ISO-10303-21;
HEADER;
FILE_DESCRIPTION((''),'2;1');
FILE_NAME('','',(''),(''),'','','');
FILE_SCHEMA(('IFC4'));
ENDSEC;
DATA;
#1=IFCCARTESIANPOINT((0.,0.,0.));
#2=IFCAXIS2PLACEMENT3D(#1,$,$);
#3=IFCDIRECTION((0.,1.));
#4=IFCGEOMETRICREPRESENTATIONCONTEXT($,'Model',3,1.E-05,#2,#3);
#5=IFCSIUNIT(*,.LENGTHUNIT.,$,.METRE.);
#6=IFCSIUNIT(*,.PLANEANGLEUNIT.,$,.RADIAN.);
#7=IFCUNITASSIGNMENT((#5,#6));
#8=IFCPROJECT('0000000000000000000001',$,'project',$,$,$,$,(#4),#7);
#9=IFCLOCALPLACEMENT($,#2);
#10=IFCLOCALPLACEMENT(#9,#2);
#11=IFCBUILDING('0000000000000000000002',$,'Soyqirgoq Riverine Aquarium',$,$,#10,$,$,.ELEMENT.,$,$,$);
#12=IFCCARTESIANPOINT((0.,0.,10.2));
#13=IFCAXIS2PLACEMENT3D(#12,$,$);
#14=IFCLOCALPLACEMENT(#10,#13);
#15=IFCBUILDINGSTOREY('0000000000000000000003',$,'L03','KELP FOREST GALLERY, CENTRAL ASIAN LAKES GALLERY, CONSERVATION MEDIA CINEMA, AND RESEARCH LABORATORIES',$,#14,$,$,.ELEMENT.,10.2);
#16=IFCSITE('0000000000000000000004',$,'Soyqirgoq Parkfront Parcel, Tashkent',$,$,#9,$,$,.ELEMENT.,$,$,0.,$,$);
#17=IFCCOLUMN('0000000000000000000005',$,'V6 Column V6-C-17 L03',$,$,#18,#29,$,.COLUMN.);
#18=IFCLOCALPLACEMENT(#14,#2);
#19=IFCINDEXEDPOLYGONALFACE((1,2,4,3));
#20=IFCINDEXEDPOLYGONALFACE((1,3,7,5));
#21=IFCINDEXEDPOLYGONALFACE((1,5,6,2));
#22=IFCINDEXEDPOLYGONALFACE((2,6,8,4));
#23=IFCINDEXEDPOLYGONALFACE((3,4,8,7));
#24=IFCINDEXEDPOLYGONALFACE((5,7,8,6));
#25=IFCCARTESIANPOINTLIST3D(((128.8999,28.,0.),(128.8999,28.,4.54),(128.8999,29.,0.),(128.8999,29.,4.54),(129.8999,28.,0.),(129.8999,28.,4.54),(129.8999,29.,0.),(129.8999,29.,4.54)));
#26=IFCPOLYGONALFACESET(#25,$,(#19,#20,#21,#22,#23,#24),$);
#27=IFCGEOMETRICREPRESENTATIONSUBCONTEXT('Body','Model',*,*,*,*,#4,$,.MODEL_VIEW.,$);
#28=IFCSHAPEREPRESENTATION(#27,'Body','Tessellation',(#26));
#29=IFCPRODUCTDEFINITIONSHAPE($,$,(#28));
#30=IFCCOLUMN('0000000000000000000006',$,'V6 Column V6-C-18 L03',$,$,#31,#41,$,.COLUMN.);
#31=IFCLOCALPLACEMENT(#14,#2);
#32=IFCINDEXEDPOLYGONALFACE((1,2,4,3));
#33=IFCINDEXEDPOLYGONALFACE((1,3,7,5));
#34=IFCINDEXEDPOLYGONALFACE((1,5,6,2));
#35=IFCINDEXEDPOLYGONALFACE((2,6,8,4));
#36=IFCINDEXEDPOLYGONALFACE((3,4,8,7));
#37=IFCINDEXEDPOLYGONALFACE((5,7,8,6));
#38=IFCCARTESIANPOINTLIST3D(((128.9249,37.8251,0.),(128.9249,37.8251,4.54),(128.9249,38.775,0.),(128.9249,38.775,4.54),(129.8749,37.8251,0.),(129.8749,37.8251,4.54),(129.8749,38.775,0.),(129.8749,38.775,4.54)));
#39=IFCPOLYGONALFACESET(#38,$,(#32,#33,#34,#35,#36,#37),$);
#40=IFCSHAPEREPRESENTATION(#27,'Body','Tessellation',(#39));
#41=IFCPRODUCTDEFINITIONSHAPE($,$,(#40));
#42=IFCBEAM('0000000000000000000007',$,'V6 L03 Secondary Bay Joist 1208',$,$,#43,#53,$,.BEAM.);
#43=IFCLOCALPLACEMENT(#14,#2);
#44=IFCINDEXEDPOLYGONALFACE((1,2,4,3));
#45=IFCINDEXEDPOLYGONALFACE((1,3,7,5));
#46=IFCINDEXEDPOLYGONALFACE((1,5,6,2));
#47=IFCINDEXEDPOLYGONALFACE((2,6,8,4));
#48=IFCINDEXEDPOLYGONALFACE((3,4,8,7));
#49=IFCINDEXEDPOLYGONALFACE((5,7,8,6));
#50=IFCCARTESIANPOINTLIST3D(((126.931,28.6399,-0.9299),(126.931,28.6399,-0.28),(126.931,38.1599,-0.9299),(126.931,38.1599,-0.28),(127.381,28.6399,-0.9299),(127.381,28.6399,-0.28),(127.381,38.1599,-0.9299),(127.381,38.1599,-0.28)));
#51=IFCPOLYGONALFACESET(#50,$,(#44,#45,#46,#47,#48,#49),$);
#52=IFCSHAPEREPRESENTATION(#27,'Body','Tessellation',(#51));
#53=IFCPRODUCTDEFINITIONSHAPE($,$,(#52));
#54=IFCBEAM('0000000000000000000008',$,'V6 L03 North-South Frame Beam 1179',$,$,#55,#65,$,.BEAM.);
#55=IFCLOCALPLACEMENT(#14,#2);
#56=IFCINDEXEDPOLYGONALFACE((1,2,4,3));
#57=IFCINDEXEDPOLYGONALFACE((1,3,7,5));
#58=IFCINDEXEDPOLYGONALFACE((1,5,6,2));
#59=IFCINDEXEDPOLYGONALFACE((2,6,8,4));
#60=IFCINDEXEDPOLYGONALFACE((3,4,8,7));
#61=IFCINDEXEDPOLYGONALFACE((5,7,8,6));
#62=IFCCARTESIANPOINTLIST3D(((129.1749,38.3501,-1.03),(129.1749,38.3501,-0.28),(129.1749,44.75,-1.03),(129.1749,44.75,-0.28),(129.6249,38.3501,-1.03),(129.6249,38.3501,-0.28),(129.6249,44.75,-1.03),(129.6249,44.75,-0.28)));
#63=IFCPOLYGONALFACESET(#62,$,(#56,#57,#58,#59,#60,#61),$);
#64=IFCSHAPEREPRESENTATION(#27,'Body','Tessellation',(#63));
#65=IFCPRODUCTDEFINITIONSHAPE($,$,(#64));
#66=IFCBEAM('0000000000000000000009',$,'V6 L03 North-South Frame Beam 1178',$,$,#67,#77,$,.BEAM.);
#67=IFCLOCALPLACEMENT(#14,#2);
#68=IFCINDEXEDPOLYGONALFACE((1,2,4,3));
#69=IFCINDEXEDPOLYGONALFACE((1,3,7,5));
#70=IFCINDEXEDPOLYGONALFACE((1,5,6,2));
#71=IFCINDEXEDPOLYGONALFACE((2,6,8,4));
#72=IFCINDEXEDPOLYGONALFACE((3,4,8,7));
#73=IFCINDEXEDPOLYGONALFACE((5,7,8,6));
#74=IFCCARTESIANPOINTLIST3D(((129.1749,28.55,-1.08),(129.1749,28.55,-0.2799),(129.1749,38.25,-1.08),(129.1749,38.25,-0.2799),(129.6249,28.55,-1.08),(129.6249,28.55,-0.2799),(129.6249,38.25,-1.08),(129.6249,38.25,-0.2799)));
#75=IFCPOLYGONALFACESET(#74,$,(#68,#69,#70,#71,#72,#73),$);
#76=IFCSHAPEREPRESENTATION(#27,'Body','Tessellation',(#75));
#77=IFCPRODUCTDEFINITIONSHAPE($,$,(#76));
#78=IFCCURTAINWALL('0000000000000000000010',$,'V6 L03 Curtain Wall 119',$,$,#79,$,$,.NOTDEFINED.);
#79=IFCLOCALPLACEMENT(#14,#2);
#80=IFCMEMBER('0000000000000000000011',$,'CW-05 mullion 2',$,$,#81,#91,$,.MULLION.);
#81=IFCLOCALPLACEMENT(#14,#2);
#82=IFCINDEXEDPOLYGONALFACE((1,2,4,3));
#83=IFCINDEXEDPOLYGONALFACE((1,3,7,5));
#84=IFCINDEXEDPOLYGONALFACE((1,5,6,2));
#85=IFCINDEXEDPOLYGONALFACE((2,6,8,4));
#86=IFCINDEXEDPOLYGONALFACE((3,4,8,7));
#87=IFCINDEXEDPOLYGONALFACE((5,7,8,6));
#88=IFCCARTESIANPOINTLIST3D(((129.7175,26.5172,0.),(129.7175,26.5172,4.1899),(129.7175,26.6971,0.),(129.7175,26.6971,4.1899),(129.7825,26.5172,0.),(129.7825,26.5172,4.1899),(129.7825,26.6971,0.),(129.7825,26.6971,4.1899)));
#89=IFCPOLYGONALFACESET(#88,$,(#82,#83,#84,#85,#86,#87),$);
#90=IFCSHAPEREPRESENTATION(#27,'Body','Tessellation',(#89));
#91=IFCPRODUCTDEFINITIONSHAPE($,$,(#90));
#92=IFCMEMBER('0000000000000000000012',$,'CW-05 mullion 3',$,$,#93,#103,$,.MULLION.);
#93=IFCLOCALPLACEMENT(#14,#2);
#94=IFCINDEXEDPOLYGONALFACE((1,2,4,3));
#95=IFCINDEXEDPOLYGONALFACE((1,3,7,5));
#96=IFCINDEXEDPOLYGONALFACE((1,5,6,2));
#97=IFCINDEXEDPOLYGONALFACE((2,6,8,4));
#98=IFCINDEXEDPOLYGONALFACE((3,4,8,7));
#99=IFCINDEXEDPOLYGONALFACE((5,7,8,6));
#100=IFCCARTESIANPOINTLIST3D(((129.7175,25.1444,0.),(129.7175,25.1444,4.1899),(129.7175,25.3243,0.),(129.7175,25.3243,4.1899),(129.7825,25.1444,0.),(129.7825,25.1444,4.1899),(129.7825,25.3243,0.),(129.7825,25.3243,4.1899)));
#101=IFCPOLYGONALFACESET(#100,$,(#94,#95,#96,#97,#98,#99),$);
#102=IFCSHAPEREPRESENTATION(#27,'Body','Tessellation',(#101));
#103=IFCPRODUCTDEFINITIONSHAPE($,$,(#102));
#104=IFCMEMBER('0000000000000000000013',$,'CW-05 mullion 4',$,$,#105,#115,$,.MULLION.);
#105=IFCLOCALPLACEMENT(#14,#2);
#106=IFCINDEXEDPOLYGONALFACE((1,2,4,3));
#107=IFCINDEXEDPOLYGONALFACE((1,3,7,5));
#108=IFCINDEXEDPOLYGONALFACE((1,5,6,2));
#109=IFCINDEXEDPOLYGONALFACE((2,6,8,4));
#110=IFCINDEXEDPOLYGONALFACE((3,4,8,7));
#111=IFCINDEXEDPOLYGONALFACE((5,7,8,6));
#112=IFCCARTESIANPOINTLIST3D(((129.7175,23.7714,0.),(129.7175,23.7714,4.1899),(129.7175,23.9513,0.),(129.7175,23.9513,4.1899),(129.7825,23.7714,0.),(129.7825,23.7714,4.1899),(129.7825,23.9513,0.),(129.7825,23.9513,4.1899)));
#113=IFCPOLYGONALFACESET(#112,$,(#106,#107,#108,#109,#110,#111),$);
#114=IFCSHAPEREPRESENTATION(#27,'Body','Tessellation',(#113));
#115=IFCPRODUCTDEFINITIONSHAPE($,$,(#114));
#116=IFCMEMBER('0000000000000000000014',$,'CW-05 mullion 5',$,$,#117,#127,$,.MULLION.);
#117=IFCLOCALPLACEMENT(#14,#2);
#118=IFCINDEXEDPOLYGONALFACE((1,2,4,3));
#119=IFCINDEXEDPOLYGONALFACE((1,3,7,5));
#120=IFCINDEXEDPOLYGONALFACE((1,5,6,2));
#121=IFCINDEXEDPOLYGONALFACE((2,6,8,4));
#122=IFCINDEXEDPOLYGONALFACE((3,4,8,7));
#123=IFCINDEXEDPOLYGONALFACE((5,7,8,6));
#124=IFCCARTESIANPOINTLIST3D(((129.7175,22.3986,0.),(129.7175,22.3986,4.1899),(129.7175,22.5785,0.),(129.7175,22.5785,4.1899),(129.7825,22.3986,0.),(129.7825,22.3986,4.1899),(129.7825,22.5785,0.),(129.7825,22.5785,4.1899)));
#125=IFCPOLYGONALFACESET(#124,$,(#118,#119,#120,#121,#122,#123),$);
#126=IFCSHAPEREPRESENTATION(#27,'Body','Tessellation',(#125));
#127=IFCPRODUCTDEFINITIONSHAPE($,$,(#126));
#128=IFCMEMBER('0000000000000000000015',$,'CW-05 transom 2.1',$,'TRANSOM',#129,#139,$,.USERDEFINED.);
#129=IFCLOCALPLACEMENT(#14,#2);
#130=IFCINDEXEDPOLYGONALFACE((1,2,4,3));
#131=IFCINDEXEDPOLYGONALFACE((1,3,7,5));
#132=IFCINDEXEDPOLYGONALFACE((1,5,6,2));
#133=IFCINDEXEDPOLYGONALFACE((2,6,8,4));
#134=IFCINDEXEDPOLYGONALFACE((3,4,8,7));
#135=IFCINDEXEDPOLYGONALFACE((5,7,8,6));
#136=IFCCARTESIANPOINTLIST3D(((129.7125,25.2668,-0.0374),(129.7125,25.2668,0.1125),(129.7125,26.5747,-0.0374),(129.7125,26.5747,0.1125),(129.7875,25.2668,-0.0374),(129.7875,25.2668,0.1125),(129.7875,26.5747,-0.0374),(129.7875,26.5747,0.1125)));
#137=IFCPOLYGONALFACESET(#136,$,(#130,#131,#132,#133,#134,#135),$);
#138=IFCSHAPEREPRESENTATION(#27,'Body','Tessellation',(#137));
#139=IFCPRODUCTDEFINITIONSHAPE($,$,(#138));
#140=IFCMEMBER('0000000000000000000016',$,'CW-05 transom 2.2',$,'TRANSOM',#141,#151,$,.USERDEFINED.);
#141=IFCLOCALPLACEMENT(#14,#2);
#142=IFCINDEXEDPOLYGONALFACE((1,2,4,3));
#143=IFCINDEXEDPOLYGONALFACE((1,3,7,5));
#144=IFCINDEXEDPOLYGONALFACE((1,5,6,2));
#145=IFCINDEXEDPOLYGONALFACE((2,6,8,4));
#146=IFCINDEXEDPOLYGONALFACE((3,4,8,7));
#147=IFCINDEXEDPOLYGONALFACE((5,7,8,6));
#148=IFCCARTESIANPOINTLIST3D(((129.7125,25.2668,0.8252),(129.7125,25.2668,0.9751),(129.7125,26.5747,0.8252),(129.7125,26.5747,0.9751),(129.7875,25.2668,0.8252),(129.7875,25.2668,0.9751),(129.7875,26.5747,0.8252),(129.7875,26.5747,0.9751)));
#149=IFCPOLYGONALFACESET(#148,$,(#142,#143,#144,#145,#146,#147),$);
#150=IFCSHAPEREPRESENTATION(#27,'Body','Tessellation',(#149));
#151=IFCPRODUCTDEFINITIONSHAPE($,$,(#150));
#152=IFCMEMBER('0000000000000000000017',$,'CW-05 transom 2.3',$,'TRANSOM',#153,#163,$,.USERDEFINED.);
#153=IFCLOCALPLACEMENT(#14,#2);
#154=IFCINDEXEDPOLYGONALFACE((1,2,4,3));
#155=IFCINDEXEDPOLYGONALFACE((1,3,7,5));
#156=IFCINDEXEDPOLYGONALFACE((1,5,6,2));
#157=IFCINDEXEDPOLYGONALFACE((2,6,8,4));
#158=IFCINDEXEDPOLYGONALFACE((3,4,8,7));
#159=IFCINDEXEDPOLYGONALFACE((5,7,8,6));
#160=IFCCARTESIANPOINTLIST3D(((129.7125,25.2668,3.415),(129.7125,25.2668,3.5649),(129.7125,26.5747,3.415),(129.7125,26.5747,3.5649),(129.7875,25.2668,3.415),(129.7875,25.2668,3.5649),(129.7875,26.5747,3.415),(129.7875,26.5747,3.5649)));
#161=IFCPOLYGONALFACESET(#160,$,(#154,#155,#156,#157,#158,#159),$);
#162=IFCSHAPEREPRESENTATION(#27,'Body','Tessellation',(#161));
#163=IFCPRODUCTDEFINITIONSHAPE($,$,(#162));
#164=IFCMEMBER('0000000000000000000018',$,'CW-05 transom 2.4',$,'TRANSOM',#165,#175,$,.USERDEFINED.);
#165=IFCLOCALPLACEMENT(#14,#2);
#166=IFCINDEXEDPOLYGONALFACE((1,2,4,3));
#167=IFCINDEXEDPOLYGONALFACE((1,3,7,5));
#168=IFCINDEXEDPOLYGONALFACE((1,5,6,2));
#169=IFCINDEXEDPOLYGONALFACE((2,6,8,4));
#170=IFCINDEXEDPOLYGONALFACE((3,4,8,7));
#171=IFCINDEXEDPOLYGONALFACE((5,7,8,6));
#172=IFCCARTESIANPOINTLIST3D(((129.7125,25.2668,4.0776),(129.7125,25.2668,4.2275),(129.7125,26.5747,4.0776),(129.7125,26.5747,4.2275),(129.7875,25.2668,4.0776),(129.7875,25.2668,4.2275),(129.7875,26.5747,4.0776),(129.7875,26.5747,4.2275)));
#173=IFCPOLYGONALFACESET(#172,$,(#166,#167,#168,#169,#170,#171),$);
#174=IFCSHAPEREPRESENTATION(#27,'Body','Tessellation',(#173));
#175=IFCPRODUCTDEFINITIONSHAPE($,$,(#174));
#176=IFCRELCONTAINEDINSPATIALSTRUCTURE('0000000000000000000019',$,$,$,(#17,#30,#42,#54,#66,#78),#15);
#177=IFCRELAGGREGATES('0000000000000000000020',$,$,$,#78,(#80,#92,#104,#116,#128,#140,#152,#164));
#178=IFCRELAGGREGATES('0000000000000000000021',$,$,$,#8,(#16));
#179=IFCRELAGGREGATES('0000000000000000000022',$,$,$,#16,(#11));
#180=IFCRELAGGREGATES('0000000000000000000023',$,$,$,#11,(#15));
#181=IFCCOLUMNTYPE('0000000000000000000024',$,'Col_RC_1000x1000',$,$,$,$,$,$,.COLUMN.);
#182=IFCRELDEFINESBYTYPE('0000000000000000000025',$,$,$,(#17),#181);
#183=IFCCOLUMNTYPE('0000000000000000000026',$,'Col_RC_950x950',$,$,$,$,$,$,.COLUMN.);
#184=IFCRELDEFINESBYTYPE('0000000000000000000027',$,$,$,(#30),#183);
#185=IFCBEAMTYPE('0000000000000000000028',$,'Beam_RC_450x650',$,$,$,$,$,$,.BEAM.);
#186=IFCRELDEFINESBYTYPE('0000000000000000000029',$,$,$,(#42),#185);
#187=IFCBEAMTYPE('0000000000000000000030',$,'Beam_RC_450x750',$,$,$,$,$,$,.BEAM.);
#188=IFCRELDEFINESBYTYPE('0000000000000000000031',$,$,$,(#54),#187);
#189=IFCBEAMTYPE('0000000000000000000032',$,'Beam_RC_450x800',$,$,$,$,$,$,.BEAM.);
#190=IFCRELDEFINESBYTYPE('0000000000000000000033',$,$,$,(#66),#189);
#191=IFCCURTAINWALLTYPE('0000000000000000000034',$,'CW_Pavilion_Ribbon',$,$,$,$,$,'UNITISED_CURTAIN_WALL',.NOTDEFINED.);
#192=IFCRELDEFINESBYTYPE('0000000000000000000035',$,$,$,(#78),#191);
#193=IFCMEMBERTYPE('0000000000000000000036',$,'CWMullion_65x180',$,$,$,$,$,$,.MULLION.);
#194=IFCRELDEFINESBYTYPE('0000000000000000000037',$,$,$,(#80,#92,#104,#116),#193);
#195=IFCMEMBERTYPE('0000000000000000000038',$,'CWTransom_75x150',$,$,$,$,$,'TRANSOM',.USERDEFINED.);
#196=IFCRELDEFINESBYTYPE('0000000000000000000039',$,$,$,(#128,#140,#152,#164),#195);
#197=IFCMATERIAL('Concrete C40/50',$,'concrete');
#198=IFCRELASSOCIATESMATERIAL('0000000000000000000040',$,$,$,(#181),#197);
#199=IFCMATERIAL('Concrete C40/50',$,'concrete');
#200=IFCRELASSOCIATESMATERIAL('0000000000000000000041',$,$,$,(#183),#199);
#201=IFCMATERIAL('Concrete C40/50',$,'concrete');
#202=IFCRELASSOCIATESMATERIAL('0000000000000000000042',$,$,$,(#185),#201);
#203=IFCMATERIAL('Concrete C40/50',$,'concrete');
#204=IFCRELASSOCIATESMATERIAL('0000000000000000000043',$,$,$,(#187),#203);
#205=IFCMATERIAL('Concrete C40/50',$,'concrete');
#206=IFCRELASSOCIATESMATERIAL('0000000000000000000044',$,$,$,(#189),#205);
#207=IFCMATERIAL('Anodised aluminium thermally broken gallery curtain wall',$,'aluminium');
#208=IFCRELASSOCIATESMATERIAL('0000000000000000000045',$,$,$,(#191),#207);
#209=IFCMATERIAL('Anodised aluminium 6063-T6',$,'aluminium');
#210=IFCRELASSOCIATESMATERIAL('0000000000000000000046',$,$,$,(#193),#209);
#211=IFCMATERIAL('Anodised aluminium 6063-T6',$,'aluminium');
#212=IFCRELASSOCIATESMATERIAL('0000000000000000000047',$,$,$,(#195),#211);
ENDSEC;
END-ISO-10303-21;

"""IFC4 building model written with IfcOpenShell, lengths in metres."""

from ifc_helpers import new_model, si_unit, direction, frame, origin, origin_2d, place, context, subcontext, project, spatial, rectangle, extrude, material, material_profile, profile_set, type_object, element, aggregate, save


model = new_model("IFC4")

# Units and contexts
model_context = context("Model", 3, precision=1e-05, world=origin(), true_north=direction((0.0, 1.0)))
body_context = subcontext(model_context, "Body", "Model", "MODEL_VIEW")
ifc_project = project(units=[si_unit("LENGTHUNIT", "METRE"), si_unit("PLANEANGLEUNIT", "RADIAN")], contexts=[model_context])

# Site, building, storey
site_placement = place(None, origin())
site = spatial("IfcSite", under=ifc_project, at=site_placement, Name="Soyqirgoq Parkfront Parcel, Tashkent", CompositionType="ELEMENT", RefElevation=0.0)
building_placement = place(site_placement, origin())
building = spatial("IfcBuilding", under=site, at=building_placement, Name="Soyqirgoq Riverine Aquarium", CompositionType="ELEMENT")
storey_placement = place(building_placement, frame((0.0, 0.0, 10.2)))
storey = spatial("IfcBuildingStorey", under=building, at=storey_placement, Name="L03", Description="KELP FOREST GALLERY, CENTRAL ASIAN LAKES GALLERY, CONSERVATION MEDIA CINEMA, AND RESEARCH LABORATORIES", CompositionType="ELEMENT", Elevation=10.2)

# Columns
ifc_material_1 = material(Name="Concrete C40/50", Category="concrete")
ifc_material_profile_1 = material_profile(ifc_material_1, rectangle(XDim=1.0, YDim=1.0, at=origin_2d()), Name="RC 1000x1000")
ifc_profile_set_1 = profile_set([ifc_material_profile_1], Name="Concrete C40/50")
column_type_1 = type_object("IfcColumnType", Name="Col_RC_1000x1000", PredefinedType="COLUMN", material=ifc_profile_set_1)
column_1_placement = place(storey_placement, frame((129.3999, 28.5, 0.0), z_axis=(0.0, 0.0, 1.0), x_axis=(1.0, 0.0, 0.0)))
element("IfcColumn", 1, at=column_1_placement, inside=storey, type_object=column_type_1, Name="V6 Column V6-C-17 L03", PredefinedType="COLUMN", context=body_context, shape_type="SweptSolid", body=[
    extrude(rectangle(XDim=1.0, YDim=1.0, at=origin_2d()), origin(), (0.0, 0.0, 1.0), 4.54),
])
ifc_material_2 = material(Name="Concrete C40/50", Category="concrete")
ifc_material_profile_2 = material_profile(ifc_material_2, rectangle(XDim=0.95, YDim=0.95, at=origin_2d()), Name="RC 950x950")
ifc_profile_set_2 = profile_set([ifc_material_profile_2], Name="Concrete C40/50")
column_type_2 = type_object("IfcColumnType", Name="Col_RC_950x950", PredefinedType="COLUMN", material=ifc_profile_set_2)
column_2_placement = place(storey_placement, frame((129.3999, 38.3, 0.0), z_axis=(0.0, 0.0, 1.0), x_axis=(1.0, 0.0, 0.0)))
element("IfcColumn", 2, at=column_2_placement, inside=storey, type_object=column_type_2, Name="V6 Column V6-C-18 L03", PredefinedType="COLUMN", context=body_context, shape_type="SweptSolid", body=[
    extrude(rectangle(XDim=0.95, YDim=0.95, at=origin_2d()), origin(), (0.0, 0.0, 1.0), 4.54),
])

# Beams
ifc_material_3 = material(Name="Concrete C40/50", Category="concrete")
ifc_material_profile_3 = material_profile(ifc_material_3, rectangle(XDim=0.45, YDim=0.6499, at=origin_2d()), Name="RC 450x650")
ifc_profile_set_3 = profile_set([ifc_material_profile_3], Name="Concrete C40/50")
beam_type_1 = type_object("IfcBeamType", Name="Beam_RC_450x650", PredefinedType="BEAM", material=ifc_profile_set_3)
beam_1_placement = place(storey_placement, frame((127.156, 28.6399, -0.605), z_axis=(0.0, 1.0, 0.0), x_axis=(-1.0, 0.0, 0.0)))
element("IfcBeam", 3, at=beam_1_placement, inside=storey, type_object=beam_type_1, Name="V6 L03 Secondary Bay Joist 1208", PredefinedType="BEAM", context=body_context, shape_type="SweptSolid", body=[
    extrude(rectangle(XDim=0.45, YDim=0.6499, at=origin_2d()), origin(), (0.0, 0.0, 1.0), 9.52),
])
ifc_material_4 = material(Name="Concrete C40/50", Category="concrete")
ifc_material_profile_4 = material_profile(ifc_material_4, rectangle(XDim=0.45, YDim=0.75, at=origin_2d()), Name="RC 450x750")
ifc_profile_set_4 = profile_set([ifc_material_profile_4], Name="Concrete C40/50")
beam_type_2 = type_object("IfcBeamType", Name="Beam_RC_450x750", PredefinedType="BEAM", material=ifc_profile_set_4)
beam_2_placement = place(storey_placement, frame((129.3999, 38.3501, -0.655), z_axis=(0.0, 1.0, 0.0), x_axis=(-1.0, 0.0, 0.0)))
element("IfcBeam", 4, at=beam_2_placement, inside=storey, type_object=beam_type_2, Name="V6 L03 North-South Frame Beam 1179", PredefinedType="BEAM", context=body_context, shape_type="SweptSolid", body=[
    extrude(rectangle(XDim=0.45, YDim=0.75, at=origin_2d()), origin(), (0.0, 0.0, 1.0), 6.3999),
])
ifc_material_5 = material(Name="Concrete C40/50", Category="concrete")
ifc_material_profile_5 = material_profile(ifc_material_5, rectangle(XDim=0.45, YDim=0.8, at=origin_2d()), Name="RC 450x800")
ifc_profile_set_5 = profile_set([ifc_material_profile_5], Name="Concrete C40/50")
beam_type_3 = type_object("IfcBeamType", Name="Beam_RC_450x800", PredefinedType="BEAM", material=ifc_profile_set_5)
beam_3_placement = place(storey_placement, frame((129.3999, 28.55, -0.6799), z_axis=(0.0, 1.0, 0.0), x_axis=(-1.0, 0.0, 0.0)))
element("IfcBeam", 5, at=beam_3_placement, inside=storey, type_object=beam_type_3, Name="V6 L03 North-South Frame Beam 1178", PredefinedType="BEAM", context=body_context, shape_type="SweptSolid", body=[
    extrude(rectangle(XDim=0.45, YDim=0.8, at=origin_2d()), origin(), (0.0, 0.0, 1.0), 9.7),
])

# Curtain wall, members
ifc_material_6 = material(Name="Anodised aluminium thermally broken gallery curtain wall", Category="aluminium")
curtain_wall_type = type_object("IfcCurtainWallType", Name="CW_Pavilion_Ribbon", ElementType="UNITISED_CURTAIN_WALL", PredefinedType="NOTDEFINED", material=ifc_material_6)
curtain_wall_placement = place(storey_placement, origin())
curtain_wall = element("IfcCurtainWall", 6, at=curtain_wall_placement, inside=storey, type_object=curtain_wall_type, Name="V6 L03 Curtain Wall 119", PredefinedType="NOTDEFINED")
ifc_material_7 = material(Name="Anodised aluminium 6063-T6", Category="aluminium")
ifc_material_profile_6 = material_profile(ifc_material_7, rectangle(XDim=0.0649, YDim=0.1799, at=origin_2d()), Name="ALU-M 65x180")
ifc_profile_set_6 = profile_set([ifc_material_profile_6], Name="Anodised aluminium 6063-T6")
member_type_1 = type_object("IfcMemberType", Name="CWMullion_65x180", PredefinedType="MULLION", material=ifc_profile_set_6)
member_1_placement = place(storey_placement, frame((129.75, 26.6072, 0.0), z_axis=(0.0, 0.0, 1.0), x_axis=(1.0, 0.0, 0.0)))
member_1 = element("IfcMember", 7, at=member_1_placement, type_object=member_type_1, Name="CW-05 mullion 2", PredefinedType="MULLION", context=body_context, shape_type="SweptSolid", body=[
    extrude(rectangle(XDim=0.0649, YDim=0.1799, at=origin_2d()), origin(), (0.0, 0.0, 1.0), 4.1899),
])
member_2_placement = place(storey_placement, frame((129.75, 25.2344, 0.0), z_axis=(0.0, 0.0, 1.0), x_axis=(1.0, 0.0, 0.0)))
member_2 = element("IfcMember", 8, at=member_2_placement, type_object=member_type_1, Name="CW-05 mullion 3", PredefinedType="MULLION", context=body_context, shape_type="SweptSolid", body=[
    extrude(rectangle(XDim=0.0649, YDim=0.1799, at=origin_2d()), origin(), (0.0, 0.0, 1.0), 4.1899),
])
member_3_placement = place(storey_placement, frame((129.75, 23.8613, 0.0), z_axis=(0.0, 0.0, 1.0), x_axis=(1.0, 0.0, 0.0)))
member_3 = element("IfcMember", 9, at=member_3_placement, type_object=member_type_1, Name="CW-05 mullion 4", PredefinedType="MULLION", context=body_context, shape_type="SweptSolid", body=[
    extrude(rectangle(XDim=0.0649, YDim=0.1799, at=origin_2d()), origin(), (0.0, 0.0, 1.0), 4.1899),
])
member_4_placement = place(storey_placement, frame((129.75, 22.4885, 0.0), z_axis=(0.0, 0.0, 1.0), x_axis=(1.0, 0.0, 0.0)))
member_4 = element("IfcMember", 10, at=member_4_placement, type_object=member_type_1, Name="CW-05 mullion 5", PredefinedType="MULLION", context=body_context, shape_type="SweptSolid", body=[
    extrude(rectangle(XDim=0.0649, YDim=0.1799, at=origin_2d()), origin(), (0.0, 0.0, 1.0), 4.1899),
])
ifc_material_8 = material(Name="Anodised aluminium 6063-T6", Category="aluminium")
ifc_material_profile_7 = material_profile(ifc_material_8, rectangle(XDim=0.075, YDim=0.1499, at=origin_2d()), Name="ALU-T 75x150")
ifc_profile_set_7 = profile_set([ifc_material_profile_7], Name="Anodised aluminium 6063-T6")
member_type_2 = type_object("IfcMemberType", Name="CWTransom_75x150", ElementType="TRANSOM", PredefinedType="USERDEFINED", material=ifc_profile_set_7)
member_5_placement = place(storey_placement, frame((129.75, 26.5747, 0.0376), z_axis=(0.0, -1.0, 0.0), x_axis=(1.0, 0.0, 0.0)))
member_5 = element("IfcMember", 11, at=member_5_placement, type_object=member_type_2, Name="CW-05 transom 2.1", ObjectType="TRANSOM", PredefinedType="USERDEFINED", context=body_context, shape_type="SweptSolid", body=[
    extrude(rectangle(XDim=0.075, YDim=0.1499, at=origin_2d()), origin(), (0.0, 0.0, 1.0), 1.3079),
])
member_6_placement = place(storey_placement, frame((129.75, 26.5747, 0.9001), z_axis=(0.0, -1.0, 0.0), x_axis=(1.0, 0.0, 0.0)))
member_6 = element("IfcMember", 12, at=member_6_placement, type_object=member_type_2, Name="CW-05 transom 2.2", ObjectType="TRANSOM", PredefinedType="USERDEFINED", context=body_context, shape_type="SweptSolid", body=[
    extrude(rectangle(XDim=0.075, YDim=0.1499, at=origin_2d()), origin(), (0.0, 0.0, 1.0), 1.3079),
])
member_7_placement = place(storey_placement, frame((129.75, 26.5747, 3.49), z_axis=(0.0, -1.0, 0.0), x_axis=(1.0, 0.0, 0.0)))
member_7 = element("IfcMember", 13, at=member_7_placement, type_object=member_type_2, Name="CW-05 transom 2.3", ObjectType="TRANSOM", PredefinedType="USERDEFINED", context=body_context, shape_type="SweptSolid", body=[
    extrude(rectangle(XDim=0.075, YDim=0.1499, at=origin_2d()), origin(), (0.0, 0.0, 1.0), 1.3079),
])
member_8_placement = place(storey_placement, frame((129.75, 26.5747, 4.1526), z_axis=(0.0, -1.0, 0.0), x_axis=(1.0, 0.0, 0.0)))
member_8 = element("IfcMember", 14, at=member_8_placement, type_object=member_type_2, Name="CW-05 transom 2.4", ObjectType="TRANSOM", PredefinedType="USERDEFINED", context=body_context, shape_type="SweptSolid", body=[
    extrude(rectangle(XDim=0.075, YDim=0.1499, at=origin_2d()), origin(), (0.0, 0.0, 1.0), 1.3079),
])

aggregate(curtain_wall, [member_1, member_2, member_3, member_4, member_5, member_6, member_7, member_8])

save(model, "model.ifc")
